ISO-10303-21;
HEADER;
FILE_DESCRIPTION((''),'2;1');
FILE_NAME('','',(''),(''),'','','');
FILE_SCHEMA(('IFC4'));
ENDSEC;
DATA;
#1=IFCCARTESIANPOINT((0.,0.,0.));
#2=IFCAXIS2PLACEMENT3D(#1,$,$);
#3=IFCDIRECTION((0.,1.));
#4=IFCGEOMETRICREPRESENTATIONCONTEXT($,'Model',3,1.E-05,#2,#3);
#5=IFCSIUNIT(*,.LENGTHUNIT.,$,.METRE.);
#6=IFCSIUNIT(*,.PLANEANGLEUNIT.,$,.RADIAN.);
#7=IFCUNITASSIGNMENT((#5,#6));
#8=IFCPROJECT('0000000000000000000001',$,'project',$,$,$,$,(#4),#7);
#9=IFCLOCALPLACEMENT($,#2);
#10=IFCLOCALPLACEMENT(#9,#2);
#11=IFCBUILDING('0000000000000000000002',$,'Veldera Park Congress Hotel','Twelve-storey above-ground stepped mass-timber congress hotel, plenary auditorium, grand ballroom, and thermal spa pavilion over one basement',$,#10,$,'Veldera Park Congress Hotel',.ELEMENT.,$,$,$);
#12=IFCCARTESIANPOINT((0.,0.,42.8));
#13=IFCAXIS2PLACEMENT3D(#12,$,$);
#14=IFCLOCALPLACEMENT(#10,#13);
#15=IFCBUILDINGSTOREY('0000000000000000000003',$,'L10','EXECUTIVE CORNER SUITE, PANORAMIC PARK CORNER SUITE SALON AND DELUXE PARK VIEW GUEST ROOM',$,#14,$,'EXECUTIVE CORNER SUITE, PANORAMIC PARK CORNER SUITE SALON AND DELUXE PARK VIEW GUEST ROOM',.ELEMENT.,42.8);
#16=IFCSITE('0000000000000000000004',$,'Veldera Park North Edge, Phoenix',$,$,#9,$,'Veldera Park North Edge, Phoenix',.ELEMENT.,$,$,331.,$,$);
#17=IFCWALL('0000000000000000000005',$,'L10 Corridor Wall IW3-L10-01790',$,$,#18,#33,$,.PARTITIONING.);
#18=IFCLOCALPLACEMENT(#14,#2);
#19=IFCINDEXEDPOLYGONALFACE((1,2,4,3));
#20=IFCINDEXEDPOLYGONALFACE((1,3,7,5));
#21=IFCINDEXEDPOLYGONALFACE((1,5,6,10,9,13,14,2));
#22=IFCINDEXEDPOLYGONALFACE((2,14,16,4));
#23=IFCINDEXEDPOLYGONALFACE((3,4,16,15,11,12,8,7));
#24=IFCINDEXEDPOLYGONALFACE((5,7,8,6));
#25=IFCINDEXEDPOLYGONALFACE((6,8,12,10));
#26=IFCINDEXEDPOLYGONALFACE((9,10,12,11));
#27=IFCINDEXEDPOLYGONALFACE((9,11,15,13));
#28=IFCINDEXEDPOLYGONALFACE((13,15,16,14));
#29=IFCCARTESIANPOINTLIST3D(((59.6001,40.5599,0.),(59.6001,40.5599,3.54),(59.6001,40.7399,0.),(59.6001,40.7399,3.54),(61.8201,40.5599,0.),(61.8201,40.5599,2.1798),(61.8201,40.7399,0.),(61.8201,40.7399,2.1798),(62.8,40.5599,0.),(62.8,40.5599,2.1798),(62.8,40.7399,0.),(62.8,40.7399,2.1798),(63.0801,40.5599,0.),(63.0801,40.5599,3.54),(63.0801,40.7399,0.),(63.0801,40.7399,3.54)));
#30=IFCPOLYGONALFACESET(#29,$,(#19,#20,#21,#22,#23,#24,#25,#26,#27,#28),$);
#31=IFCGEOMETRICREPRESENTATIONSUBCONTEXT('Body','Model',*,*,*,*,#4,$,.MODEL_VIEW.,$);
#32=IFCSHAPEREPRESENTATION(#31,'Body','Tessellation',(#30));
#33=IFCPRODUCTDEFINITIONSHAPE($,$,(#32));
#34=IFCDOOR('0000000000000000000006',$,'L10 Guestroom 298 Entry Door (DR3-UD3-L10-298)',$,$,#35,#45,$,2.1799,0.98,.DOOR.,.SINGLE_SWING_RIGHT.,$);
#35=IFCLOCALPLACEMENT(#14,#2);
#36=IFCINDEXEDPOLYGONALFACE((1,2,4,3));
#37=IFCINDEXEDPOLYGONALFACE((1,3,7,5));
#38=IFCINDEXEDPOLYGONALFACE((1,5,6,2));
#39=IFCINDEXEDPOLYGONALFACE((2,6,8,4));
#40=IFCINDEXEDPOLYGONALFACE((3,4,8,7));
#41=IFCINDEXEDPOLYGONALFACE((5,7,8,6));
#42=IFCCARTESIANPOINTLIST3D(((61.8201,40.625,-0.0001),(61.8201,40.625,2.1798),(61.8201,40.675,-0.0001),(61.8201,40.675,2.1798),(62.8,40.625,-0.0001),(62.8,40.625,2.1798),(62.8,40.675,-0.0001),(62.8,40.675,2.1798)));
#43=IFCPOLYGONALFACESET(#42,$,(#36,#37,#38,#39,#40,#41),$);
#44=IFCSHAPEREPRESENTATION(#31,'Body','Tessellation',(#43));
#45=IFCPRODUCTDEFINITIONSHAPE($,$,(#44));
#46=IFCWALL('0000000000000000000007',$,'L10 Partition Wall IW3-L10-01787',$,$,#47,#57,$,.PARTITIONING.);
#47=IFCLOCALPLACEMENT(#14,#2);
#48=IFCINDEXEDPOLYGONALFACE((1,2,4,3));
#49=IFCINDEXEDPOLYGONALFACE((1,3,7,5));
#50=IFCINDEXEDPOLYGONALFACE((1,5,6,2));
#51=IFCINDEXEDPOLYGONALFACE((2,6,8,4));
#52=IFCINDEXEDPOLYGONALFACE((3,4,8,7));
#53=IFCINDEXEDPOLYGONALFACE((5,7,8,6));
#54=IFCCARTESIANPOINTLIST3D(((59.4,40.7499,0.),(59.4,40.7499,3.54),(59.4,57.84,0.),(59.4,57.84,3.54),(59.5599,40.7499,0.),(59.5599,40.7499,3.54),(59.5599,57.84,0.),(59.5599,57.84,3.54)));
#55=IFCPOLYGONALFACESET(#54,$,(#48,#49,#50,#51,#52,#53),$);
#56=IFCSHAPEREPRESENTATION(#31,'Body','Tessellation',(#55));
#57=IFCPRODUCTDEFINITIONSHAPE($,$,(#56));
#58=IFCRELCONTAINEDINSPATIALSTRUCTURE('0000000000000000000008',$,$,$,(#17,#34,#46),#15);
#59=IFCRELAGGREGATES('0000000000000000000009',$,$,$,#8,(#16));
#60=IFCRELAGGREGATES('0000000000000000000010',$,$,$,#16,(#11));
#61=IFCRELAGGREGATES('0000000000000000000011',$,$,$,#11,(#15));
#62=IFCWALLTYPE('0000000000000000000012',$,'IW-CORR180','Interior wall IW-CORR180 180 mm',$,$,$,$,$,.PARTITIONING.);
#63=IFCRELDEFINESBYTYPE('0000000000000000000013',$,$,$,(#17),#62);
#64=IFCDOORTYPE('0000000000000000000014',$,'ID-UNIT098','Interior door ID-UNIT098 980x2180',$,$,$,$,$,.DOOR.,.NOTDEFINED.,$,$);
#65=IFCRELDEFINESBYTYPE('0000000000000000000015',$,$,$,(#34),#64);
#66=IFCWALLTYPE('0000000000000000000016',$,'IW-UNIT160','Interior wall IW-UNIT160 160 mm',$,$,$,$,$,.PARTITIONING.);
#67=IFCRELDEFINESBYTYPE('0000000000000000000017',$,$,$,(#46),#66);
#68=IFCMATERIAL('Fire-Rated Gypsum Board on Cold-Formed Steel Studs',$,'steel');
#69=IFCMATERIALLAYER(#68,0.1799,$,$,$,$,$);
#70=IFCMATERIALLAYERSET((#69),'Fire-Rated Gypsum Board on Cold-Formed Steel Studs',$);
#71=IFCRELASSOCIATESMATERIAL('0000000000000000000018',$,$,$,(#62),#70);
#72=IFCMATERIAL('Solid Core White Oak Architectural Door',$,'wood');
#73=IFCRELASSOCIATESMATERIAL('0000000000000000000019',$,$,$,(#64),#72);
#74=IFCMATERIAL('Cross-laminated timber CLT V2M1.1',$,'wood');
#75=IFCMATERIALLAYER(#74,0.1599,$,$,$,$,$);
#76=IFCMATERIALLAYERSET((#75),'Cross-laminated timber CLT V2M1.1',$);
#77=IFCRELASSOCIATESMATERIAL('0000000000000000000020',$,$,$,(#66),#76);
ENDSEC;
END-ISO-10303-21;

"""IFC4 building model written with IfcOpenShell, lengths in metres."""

from ifc_helpers import new_model, si_unit, direction, frame, frame_2d, origin, place, context, subcontext, project, spatial, rectangle, extrude, material, layer, layer_set, type_object, element, fill, save


model = new_model("IFC4")

# Units and contexts
model_context = context("Model", 3, precision=1e-05, world=origin(), true_north=direction((0.0, 1.0)))
body_context = subcontext(model_context, "Body", "Model", "MODEL_VIEW")
ifc_project = project(units=[si_unit("LENGTHUNIT", "METRE"), si_unit("PLANEANGLEUNIT", "RADIAN")], contexts=[model_context])

# Site, building, storey
site_placement = place(None, origin())
site = spatial("IfcSite", under=ifc_project, at=site_placement, Name="Veldera Park North Edge, Phoenix", LongName="Veldera Park North Edge, Phoenix", CompositionType="ELEMENT", RefElevation=331.0)
building_placement = place(site_placement, origin())
building = spatial("IfcBuilding", under=site, at=building_placement, Name="Veldera Park Congress Hotel", Description="Twelve-storey above-ground stepped mass-timber congress hotel, plenary auditorium, grand ballroom, and thermal spa pavilion over one basement", LongName="Veldera Park Congress Hotel", CompositionType="ELEMENT")
storey_placement = place(building_placement, frame((0.0, 0.0, 42.8)))
storey = spatial("IfcBuildingStorey", under=building, at=storey_placement, Name="L10", Description="EXECUTIVE CORNER SUITE, PANORAMIC PARK CORNER SUITE SALON AND DELUXE PARK VIEW GUEST ROOM", LongName="EXECUTIVE CORNER SUITE, PANORAMIC PARK CORNER SUITE SALON AND DELUXE PARK VIEW GUEST ROOM", CompositionType="ELEMENT", Elevation=42.8)

# Shared definitions
ifc_material_1 = material(Name="Fire-Rated Gypsum Board on Cold-Formed Steel Studs", Category="steel")

# Shared definitions
ifc_material_2 = material(Name="Solid Core White Oak Architectural Door", Category="wood")

# Wall, opening, door
ifc_layer_1 = layer(ifc_material_1, 0.1799)
ifc_layer_set_1 = layer_set([ifc_layer_1], Name="Fire-Rated Gypsum Board on Cold-Formed Steel Studs")
wall_type_1 = type_object("IfcWallType", Name="IW-CORR180", Description="Interior wall IW-CORR180 180 mm", PredefinedType="PARTITIONING", material=ifc_layer_set_1)
door_type_1 = type_object("IfcDoorType", Name="ID-UNIT098", Description="Interior door ID-UNIT098 980x2180", OperationType="NOTDEFINED", PredefinedType="DOOR", material=ifc_material_2)
wall_1_placement = place(storey_placement, frame((59.6001, 40.6499, 0.0), z_axis=(0.0, 0.0, 1.0), x_axis=(1.0, 0.0, 0.0)))
wall_1 = element("IfcWall", 1, at=wall_1_placement, inside=storey, type_object=wall_type_1, Name="L10 Corridor Wall IW3-L10-01790", PredefinedType="PARTITIONING", context=body_context, shape_type="SweptSolid", body=[
    extrude(rectangle(XDim=3.48, YDim=0.1799, at=frame_2d((1.74, 0.0))), origin(), (0.0, 0.0, 1.0), 3.54),
])
opening_1_placement = place(wall_1_placement, frame((2.22, 0.0, 0.0)))
opening_1 = element("IfcOpeningElement", 2, at=opening_1_placement, cuts=wall_1, PredefinedType="OPENING", context=body_context, shape_type="SweptSolid", body=[
    extrude(rectangle(XDim=0.98, YDim=2.1799, at=frame_2d((0.49, 1.0898))), frame((0.0, 0.1021, 0.0), z_axis=(0.0, -1.0, 0.0), x_axis=(1.0, 0.0, 0.0)), (0.0, 0.0, 1.0), 0.2039),
])
door_1_placement = place(opening_1_placement, frame((0.98, 0.0, 0.0), z_axis=(0.0, 0.0, 1.0), x_axis=(-1.0, 0.0, 0.0)))
door_1 = element("IfcDoor", 3, at=door_1_placement, inside=storey, type_object=door_type_1, Name="L10 Guestroom 298 Entry Door (DR3-UD3-L10-298)", OperationType="SINGLE_SWING_RIGHT", OverallHeight=2.1799, OverallWidth=0.98, PredefinedType="DOOR", context=body_context, shape_type="SweptSolid", body=[
    extrude(rectangle(XDim=0.98, YDim=2.1799, at=frame_2d((0.49, 1.0898))), frame((0.0, 0.0249, 0.0), z_axis=(0.0, -1.0, 0.0), x_axis=(1.0, 0.0, 0.0)), (0.0, 0.0, 1.0), 0.05),
])
fill(opening_1, door_1)

# Wall
ifc_material_3 = material(Name="Cross-laminated timber CLT V2M1.1", Category="wood")
ifc_layer_2 = layer(ifc_material_3, 0.1599)
ifc_layer_set_2 = layer_set([ifc_layer_2], Name="Cross-laminated timber CLT V2M1.1")
wall_type_2 = type_object("IfcWallType", Name="IW-UNIT160", Description="Interior wall IW-UNIT160 160 mm", PredefinedType="PARTITIONING", material=ifc_layer_set_2)
wall_2_placement = place(storey_placement, frame((59.48, 40.75, 0.0), z_axis=(0.0, 0.0, 1.0), x_axis=(0.0, 1.0, 0.0)))
element("IfcWall", 4, at=wall_2_placement, inside=storey, type_object=wall_type_2, Name="L10 Partition Wall IW3-L10-01787", PredefinedType="PARTITIONING", context=body_context, shape_type="SweptSolid", body=[
    extrude(rectangle(XDim=17.0901, YDim=0.1599, at=frame_2d((8.5449, 0.0))), origin(), (0.0, 0.0, 1.0), 3.54),
])

save(model, "model.ifc")
